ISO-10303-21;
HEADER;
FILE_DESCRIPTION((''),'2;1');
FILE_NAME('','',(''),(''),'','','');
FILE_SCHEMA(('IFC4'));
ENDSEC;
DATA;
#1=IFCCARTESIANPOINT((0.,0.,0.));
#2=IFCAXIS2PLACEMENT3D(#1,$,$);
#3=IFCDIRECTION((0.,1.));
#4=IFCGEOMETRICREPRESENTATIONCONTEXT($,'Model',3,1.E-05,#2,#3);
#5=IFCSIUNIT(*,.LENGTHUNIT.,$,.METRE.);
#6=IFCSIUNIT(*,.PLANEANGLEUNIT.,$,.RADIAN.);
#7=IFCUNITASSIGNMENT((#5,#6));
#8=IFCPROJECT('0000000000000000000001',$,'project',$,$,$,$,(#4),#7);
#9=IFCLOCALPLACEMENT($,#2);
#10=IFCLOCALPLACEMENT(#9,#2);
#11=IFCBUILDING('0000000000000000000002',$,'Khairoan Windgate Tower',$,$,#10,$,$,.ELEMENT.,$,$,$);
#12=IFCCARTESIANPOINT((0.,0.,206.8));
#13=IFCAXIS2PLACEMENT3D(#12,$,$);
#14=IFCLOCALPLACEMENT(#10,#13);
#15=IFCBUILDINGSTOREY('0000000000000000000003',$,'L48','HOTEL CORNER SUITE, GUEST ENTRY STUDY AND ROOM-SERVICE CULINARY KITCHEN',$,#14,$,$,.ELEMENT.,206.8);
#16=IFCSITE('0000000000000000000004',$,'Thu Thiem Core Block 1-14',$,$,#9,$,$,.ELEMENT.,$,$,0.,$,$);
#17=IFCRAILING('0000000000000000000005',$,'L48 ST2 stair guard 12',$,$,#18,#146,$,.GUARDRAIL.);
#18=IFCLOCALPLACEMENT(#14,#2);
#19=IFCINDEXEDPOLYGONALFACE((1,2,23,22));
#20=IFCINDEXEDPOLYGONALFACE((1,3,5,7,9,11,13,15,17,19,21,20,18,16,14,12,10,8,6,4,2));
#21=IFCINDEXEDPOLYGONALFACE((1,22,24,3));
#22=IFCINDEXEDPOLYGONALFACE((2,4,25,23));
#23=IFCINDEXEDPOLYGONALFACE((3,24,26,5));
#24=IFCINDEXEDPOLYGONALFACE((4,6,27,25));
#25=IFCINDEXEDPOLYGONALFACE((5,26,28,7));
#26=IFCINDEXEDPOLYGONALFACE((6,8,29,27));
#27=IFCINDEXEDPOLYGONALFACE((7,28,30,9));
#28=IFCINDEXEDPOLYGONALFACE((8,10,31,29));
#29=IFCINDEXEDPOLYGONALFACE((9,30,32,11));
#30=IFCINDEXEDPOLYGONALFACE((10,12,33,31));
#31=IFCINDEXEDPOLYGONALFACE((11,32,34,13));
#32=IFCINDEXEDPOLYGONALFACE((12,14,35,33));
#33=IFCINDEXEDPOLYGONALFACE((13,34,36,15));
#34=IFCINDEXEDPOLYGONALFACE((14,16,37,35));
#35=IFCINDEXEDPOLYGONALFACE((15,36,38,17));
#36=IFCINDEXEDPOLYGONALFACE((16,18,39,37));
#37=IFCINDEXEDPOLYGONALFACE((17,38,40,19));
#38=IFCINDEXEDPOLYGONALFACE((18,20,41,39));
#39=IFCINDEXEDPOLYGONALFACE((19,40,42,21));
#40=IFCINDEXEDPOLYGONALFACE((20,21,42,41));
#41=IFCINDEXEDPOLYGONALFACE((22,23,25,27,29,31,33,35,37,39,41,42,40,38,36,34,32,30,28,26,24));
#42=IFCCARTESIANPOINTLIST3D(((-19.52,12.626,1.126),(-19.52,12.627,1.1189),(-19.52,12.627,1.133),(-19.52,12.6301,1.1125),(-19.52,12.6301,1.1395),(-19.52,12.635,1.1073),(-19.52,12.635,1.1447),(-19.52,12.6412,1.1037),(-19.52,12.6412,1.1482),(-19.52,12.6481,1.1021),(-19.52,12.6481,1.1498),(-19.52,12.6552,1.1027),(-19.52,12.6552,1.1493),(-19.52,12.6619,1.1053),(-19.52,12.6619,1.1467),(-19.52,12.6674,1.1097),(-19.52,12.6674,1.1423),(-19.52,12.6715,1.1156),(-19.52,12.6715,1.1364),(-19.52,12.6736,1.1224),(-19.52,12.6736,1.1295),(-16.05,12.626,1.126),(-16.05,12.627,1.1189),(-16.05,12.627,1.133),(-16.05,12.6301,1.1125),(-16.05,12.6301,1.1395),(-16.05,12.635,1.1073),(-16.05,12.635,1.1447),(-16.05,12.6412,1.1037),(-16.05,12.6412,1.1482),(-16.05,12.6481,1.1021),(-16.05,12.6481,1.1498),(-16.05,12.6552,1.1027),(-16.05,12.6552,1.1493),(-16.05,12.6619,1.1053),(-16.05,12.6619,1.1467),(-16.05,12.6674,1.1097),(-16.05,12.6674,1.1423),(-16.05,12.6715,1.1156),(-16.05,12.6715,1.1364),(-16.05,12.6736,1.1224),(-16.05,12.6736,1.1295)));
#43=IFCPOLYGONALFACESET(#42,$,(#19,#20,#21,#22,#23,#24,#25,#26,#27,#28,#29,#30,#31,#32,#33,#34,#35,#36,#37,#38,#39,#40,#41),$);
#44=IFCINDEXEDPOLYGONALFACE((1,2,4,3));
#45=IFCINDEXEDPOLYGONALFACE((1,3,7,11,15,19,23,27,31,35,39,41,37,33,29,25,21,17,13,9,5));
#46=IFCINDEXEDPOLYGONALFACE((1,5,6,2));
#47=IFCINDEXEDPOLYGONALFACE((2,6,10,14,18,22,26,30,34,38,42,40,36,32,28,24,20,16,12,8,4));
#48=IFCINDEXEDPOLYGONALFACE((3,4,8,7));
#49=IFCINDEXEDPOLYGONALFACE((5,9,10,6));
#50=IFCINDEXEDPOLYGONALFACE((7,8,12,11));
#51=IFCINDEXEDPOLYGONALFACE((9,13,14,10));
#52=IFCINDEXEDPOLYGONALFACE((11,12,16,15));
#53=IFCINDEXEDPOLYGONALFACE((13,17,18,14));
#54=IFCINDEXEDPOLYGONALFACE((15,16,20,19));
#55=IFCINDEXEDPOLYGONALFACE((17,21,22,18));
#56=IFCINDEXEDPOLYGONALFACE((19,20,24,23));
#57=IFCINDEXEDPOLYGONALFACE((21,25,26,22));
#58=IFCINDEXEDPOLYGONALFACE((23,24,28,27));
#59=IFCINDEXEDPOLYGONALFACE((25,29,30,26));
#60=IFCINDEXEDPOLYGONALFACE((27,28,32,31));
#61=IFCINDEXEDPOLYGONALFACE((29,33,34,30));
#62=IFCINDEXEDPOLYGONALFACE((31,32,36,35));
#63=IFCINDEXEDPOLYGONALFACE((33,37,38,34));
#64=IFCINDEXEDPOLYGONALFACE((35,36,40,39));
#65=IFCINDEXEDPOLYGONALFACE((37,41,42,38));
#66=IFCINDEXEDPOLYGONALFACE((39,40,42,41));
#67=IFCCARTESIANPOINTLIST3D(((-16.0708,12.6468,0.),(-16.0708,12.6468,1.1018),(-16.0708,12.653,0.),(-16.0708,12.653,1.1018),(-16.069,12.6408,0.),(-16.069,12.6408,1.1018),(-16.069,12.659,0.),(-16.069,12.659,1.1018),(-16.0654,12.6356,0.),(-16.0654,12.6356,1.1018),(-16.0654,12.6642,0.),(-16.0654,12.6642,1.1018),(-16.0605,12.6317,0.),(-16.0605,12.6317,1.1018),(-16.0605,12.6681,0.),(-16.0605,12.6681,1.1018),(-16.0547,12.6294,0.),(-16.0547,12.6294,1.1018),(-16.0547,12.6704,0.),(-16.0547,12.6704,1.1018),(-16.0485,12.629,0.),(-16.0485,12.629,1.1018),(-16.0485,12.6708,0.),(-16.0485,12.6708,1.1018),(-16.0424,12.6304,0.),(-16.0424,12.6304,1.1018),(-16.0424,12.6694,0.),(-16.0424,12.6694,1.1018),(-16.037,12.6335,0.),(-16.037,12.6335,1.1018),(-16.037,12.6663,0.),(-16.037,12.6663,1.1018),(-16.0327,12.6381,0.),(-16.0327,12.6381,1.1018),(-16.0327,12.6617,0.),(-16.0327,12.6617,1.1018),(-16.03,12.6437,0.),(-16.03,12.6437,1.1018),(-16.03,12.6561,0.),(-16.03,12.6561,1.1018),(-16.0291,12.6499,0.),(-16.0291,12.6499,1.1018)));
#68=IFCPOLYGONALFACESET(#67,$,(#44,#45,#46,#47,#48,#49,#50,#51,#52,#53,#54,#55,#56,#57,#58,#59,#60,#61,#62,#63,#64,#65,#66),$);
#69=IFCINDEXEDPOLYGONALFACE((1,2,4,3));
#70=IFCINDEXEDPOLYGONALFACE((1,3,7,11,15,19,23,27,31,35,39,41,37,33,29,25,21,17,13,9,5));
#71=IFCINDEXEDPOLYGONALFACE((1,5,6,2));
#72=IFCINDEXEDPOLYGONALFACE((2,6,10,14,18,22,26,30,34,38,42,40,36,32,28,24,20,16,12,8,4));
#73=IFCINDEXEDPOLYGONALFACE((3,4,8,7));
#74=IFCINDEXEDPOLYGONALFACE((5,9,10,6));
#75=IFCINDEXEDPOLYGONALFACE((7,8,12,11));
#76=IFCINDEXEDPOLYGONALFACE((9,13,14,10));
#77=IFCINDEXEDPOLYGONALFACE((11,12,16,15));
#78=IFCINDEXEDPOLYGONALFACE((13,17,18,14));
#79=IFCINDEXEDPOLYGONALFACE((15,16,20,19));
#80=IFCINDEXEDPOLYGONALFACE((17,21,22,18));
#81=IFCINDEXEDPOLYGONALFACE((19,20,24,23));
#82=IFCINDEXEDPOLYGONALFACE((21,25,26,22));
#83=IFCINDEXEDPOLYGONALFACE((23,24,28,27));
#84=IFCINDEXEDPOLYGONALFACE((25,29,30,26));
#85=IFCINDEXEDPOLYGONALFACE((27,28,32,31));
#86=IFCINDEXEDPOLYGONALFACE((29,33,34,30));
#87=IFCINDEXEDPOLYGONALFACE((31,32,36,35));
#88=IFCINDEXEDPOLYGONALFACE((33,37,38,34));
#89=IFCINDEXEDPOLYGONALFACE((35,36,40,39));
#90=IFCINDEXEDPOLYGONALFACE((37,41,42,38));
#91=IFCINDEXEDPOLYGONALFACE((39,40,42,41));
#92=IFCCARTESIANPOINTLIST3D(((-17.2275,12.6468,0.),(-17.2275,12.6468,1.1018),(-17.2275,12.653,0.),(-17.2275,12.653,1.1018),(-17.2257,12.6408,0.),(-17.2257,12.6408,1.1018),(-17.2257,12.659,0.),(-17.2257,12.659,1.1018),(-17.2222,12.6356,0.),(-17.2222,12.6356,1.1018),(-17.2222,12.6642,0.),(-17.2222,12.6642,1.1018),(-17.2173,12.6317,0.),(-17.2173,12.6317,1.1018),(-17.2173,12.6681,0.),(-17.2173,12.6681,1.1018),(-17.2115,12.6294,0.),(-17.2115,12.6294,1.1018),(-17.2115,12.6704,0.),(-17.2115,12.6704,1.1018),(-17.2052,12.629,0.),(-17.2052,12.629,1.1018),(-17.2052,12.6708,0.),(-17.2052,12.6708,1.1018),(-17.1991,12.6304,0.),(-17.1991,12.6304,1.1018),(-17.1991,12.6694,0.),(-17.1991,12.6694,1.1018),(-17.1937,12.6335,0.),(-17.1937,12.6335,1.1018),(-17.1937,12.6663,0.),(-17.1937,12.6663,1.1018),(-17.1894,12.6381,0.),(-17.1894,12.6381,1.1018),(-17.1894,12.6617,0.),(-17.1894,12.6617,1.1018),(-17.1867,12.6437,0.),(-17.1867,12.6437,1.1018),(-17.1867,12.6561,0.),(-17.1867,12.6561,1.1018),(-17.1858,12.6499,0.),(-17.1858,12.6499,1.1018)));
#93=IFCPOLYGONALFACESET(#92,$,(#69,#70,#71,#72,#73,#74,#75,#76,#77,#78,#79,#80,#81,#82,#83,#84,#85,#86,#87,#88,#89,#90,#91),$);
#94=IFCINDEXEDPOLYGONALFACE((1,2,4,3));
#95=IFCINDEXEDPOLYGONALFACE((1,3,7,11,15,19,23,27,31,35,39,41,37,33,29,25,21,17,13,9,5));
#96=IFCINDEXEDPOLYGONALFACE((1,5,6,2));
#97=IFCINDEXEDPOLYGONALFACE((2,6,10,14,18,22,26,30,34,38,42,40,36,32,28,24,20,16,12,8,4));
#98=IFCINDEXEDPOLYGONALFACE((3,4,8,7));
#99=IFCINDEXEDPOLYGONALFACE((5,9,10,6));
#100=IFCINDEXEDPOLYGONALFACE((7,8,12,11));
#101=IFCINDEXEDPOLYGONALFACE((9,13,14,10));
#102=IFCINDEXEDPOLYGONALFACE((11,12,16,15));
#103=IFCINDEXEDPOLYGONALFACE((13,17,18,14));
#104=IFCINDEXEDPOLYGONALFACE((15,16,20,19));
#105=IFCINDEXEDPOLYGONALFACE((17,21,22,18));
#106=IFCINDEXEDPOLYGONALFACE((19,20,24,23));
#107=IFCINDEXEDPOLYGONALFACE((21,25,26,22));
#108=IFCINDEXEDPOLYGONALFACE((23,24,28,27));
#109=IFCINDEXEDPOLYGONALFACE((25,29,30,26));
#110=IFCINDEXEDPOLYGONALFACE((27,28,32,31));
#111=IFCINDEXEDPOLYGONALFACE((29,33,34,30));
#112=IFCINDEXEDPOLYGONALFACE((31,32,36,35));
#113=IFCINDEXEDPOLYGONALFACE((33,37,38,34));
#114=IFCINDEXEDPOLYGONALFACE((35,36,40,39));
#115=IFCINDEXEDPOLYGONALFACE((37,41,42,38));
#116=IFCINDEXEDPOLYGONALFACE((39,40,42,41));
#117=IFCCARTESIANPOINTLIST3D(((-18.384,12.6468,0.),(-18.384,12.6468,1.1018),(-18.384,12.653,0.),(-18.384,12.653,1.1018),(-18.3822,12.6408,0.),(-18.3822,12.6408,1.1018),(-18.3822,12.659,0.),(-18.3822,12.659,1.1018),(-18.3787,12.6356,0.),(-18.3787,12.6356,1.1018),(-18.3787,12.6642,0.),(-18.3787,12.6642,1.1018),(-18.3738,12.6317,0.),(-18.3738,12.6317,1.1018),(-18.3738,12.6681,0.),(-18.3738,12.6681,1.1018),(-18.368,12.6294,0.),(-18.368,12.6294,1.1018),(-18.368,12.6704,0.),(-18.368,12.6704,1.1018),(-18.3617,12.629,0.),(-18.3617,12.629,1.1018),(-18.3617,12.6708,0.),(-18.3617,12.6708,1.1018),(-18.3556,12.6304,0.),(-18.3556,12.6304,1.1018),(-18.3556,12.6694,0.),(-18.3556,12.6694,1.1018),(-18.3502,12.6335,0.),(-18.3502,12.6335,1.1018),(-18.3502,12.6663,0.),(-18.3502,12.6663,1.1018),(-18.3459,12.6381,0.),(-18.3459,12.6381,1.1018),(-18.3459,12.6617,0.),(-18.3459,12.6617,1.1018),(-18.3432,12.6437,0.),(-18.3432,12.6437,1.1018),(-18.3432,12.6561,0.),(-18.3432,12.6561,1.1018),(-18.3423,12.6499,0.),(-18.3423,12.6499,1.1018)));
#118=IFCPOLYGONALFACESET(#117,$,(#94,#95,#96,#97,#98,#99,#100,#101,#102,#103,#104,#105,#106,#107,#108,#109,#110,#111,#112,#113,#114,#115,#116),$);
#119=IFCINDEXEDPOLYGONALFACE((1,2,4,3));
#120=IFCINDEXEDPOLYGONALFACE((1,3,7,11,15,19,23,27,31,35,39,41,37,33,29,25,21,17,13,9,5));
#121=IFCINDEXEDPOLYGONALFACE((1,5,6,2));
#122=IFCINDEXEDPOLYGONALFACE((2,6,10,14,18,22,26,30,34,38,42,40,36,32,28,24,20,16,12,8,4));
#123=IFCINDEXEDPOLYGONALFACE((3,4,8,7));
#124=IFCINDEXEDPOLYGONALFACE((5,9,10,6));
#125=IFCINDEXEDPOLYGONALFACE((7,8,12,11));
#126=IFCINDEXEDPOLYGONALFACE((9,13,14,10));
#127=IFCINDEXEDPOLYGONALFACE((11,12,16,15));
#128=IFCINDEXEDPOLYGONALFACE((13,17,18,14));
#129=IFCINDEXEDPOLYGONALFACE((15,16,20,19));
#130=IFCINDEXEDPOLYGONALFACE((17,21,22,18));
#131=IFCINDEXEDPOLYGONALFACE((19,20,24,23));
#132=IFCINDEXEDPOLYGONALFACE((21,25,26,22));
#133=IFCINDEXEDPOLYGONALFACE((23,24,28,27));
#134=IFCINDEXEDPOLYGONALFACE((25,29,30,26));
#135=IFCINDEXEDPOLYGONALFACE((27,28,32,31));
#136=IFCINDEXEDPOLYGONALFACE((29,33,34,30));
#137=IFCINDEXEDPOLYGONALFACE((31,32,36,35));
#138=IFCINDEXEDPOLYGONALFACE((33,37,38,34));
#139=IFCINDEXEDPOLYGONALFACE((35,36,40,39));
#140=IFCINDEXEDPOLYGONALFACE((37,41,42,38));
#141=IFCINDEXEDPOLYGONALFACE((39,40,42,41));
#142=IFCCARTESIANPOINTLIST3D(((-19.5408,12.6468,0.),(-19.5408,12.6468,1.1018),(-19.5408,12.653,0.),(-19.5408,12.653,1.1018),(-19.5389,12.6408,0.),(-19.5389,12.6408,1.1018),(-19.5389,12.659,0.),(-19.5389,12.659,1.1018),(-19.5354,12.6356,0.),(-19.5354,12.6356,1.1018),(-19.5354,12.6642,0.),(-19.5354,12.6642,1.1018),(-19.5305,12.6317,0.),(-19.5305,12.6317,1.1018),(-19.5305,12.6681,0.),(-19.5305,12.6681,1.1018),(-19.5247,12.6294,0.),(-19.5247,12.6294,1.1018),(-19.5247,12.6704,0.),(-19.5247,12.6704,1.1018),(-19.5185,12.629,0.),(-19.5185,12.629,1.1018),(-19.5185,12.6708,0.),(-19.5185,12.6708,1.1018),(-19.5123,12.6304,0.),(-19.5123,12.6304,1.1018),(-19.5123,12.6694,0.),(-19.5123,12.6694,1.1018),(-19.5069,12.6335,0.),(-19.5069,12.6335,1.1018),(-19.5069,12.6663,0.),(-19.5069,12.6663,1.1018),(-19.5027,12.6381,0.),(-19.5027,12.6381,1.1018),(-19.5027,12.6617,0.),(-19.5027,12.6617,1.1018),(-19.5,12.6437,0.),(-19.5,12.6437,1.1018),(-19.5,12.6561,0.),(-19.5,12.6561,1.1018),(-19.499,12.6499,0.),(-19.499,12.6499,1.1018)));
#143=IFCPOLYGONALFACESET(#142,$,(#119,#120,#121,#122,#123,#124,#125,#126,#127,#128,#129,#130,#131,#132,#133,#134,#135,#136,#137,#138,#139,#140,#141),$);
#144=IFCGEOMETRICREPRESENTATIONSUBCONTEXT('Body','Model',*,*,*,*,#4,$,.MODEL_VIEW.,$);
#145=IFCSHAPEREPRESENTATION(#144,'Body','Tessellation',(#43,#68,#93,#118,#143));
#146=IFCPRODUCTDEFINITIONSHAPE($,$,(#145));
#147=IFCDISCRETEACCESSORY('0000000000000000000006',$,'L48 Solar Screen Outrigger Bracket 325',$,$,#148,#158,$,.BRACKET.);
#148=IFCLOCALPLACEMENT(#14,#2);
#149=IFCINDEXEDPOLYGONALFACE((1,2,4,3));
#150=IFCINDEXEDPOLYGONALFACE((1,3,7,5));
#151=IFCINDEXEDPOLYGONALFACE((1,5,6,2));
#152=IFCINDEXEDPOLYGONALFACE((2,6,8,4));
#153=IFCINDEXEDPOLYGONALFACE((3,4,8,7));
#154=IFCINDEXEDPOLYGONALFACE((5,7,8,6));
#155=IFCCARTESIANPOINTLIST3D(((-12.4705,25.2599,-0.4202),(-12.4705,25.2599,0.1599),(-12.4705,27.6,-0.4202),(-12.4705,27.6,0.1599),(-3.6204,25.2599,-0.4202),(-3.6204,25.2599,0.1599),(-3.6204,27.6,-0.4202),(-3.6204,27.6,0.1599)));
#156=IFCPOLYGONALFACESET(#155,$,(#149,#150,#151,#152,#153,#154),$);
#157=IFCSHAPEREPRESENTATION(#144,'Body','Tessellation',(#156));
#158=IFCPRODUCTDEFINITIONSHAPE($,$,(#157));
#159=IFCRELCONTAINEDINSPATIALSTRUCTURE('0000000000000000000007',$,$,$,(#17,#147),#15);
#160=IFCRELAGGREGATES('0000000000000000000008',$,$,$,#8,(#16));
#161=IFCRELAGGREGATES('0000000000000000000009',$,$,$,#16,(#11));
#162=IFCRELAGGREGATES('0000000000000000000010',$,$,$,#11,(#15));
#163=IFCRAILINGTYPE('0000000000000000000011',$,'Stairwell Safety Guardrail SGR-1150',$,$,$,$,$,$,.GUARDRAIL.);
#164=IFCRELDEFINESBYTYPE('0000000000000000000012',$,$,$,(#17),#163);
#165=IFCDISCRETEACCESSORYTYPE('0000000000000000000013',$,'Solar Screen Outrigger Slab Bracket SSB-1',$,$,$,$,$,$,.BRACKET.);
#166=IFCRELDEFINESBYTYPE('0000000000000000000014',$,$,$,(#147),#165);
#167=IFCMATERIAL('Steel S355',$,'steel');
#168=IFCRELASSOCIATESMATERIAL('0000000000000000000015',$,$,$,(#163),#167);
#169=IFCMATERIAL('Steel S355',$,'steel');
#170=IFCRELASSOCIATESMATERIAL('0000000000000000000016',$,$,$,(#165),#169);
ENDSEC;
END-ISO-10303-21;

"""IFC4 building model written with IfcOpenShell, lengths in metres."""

from ifc_helpers import new_model, si_unit, direction, frame, origin, origin_2d, place, context, subcontext, project, spatial, rectangle, circle, extrude, material, type_object, element, save


model = new_model("IFC4")

# Units and contexts
model_context = context("Model", 3, precision=1e-05, world=origin(), true_north=direction((0.0, 1.0)))
body_context = subcontext(model_context, "Body", "Model", "MODEL_VIEW")
ifc_project = project(units=[si_unit("LENGTHUNIT", "METRE"), si_unit("PLANEANGLEUNIT", "RADIAN")], contexts=[model_context])

# Site, building, storey
site_placement = place(None, origin())
site = spatial("IfcSite", under=ifc_project, at=site_placement, Name="Thu Thiem Core Block 1-14", CompositionType="ELEMENT", RefElevation=0.0)
building_placement = place(site_placement, origin())
building = spatial("IfcBuilding", under=site, at=building_placement, Name="Khairoan Windgate Tower", CompositionType="ELEMENT")
storey_placement = place(building_placement, frame((0.0, 0.0, 206.8)))
storey = spatial("IfcBuildingStorey", under=building, at=storey_placement, Name="L48", Description="HOTEL CORNER SUITE, GUEST ENTRY STUDY AND ROOM-SERVICE CULINARY KITCHEN", CompositionType="ELEMENT", Elevation=206.8)

# Railing
ifc_material_1 = material(Name="Steel S355", Category="steel")
railing_type = type_object("IfcRailingType", Name="Stairwell Safety Guardrail SGR-1150", PredefinedType="GUARDRAIL", material=ifc_material_1)
railing_placement = place(storey_placement, frame((-16.05, 12.6499, 0.0)))
element("IfcRailing", 1, at=railing_placement, inside=storey, type_object=railing_type, Name="L48 ST2 stair guard 12", PredefinedType="GUARDRAIL", context=body_context, shape_type="SweptSolid", body=[
    extrude(circle(Radius=0.0239, at=origin_2d()), frame((0.0, 0.0, 1.126), z_axis=(-1.0, 0.0, 0.0), x_axis=(0.0, -1.0, 0.0)), (0.0, 0.0, 1.0), 3.47),
    extrude(circle(Radius=0.021, at=origin_2d()), origin(), (0.0, 0.0, 1.0), 1.1018),
    extrude(circle(Radius=0.021, at=origin_2d()), frame((-1.1567, 0.0, 0.0)), (0.0, 0.0, 1.0), 1.1018),
    extrude(circle(Radius=0.021, at=origin_2d()), frame((-2.3132, 0.0, 0.0)), (0.0, 0.0, 1.0), 1.1018),
    extrude(circle(Radius=0.021, at=origin_2d()), frame((-3.47, 0.0, 0.0)), (0.0, 0.0, 1.0), 1.1018),
])

# Discrete accessory
ifc_material_2 = material(Name="Steel S355", Category="steel")
discrete_accessory_type = type_object("IfcDiscreteAccessoryType", Name="Solar Screen Outrigger Slab Bracket SSB-1", PredefinedType="BRACKET", material=ifc_material_2)
discrete_accessory_placement = place(storey_placement, frame((-8.0454, 26.4299, -0.4202), z_axis=(0.0, 0.0, 1.0), x_axis=(1.0, 0.0, 0.0)))
element("IfcDiscreteAccessory", 2, at=discrete_accessory_placement, inside=storey, type_object=discrete_accessory_type, Name="L48 Solar Screen Outrigger Bracket 325", PredefinedType="BRACKET", context=body_context, shape_type="SweptSolid", body=[
    extrude(rectangle(XDim=8.8501, YDim=2.3401, at=origin_2d()), origin(), (0.0, 0.0, 1.0), 0.5801),
])

save(model, "model.ifc")
